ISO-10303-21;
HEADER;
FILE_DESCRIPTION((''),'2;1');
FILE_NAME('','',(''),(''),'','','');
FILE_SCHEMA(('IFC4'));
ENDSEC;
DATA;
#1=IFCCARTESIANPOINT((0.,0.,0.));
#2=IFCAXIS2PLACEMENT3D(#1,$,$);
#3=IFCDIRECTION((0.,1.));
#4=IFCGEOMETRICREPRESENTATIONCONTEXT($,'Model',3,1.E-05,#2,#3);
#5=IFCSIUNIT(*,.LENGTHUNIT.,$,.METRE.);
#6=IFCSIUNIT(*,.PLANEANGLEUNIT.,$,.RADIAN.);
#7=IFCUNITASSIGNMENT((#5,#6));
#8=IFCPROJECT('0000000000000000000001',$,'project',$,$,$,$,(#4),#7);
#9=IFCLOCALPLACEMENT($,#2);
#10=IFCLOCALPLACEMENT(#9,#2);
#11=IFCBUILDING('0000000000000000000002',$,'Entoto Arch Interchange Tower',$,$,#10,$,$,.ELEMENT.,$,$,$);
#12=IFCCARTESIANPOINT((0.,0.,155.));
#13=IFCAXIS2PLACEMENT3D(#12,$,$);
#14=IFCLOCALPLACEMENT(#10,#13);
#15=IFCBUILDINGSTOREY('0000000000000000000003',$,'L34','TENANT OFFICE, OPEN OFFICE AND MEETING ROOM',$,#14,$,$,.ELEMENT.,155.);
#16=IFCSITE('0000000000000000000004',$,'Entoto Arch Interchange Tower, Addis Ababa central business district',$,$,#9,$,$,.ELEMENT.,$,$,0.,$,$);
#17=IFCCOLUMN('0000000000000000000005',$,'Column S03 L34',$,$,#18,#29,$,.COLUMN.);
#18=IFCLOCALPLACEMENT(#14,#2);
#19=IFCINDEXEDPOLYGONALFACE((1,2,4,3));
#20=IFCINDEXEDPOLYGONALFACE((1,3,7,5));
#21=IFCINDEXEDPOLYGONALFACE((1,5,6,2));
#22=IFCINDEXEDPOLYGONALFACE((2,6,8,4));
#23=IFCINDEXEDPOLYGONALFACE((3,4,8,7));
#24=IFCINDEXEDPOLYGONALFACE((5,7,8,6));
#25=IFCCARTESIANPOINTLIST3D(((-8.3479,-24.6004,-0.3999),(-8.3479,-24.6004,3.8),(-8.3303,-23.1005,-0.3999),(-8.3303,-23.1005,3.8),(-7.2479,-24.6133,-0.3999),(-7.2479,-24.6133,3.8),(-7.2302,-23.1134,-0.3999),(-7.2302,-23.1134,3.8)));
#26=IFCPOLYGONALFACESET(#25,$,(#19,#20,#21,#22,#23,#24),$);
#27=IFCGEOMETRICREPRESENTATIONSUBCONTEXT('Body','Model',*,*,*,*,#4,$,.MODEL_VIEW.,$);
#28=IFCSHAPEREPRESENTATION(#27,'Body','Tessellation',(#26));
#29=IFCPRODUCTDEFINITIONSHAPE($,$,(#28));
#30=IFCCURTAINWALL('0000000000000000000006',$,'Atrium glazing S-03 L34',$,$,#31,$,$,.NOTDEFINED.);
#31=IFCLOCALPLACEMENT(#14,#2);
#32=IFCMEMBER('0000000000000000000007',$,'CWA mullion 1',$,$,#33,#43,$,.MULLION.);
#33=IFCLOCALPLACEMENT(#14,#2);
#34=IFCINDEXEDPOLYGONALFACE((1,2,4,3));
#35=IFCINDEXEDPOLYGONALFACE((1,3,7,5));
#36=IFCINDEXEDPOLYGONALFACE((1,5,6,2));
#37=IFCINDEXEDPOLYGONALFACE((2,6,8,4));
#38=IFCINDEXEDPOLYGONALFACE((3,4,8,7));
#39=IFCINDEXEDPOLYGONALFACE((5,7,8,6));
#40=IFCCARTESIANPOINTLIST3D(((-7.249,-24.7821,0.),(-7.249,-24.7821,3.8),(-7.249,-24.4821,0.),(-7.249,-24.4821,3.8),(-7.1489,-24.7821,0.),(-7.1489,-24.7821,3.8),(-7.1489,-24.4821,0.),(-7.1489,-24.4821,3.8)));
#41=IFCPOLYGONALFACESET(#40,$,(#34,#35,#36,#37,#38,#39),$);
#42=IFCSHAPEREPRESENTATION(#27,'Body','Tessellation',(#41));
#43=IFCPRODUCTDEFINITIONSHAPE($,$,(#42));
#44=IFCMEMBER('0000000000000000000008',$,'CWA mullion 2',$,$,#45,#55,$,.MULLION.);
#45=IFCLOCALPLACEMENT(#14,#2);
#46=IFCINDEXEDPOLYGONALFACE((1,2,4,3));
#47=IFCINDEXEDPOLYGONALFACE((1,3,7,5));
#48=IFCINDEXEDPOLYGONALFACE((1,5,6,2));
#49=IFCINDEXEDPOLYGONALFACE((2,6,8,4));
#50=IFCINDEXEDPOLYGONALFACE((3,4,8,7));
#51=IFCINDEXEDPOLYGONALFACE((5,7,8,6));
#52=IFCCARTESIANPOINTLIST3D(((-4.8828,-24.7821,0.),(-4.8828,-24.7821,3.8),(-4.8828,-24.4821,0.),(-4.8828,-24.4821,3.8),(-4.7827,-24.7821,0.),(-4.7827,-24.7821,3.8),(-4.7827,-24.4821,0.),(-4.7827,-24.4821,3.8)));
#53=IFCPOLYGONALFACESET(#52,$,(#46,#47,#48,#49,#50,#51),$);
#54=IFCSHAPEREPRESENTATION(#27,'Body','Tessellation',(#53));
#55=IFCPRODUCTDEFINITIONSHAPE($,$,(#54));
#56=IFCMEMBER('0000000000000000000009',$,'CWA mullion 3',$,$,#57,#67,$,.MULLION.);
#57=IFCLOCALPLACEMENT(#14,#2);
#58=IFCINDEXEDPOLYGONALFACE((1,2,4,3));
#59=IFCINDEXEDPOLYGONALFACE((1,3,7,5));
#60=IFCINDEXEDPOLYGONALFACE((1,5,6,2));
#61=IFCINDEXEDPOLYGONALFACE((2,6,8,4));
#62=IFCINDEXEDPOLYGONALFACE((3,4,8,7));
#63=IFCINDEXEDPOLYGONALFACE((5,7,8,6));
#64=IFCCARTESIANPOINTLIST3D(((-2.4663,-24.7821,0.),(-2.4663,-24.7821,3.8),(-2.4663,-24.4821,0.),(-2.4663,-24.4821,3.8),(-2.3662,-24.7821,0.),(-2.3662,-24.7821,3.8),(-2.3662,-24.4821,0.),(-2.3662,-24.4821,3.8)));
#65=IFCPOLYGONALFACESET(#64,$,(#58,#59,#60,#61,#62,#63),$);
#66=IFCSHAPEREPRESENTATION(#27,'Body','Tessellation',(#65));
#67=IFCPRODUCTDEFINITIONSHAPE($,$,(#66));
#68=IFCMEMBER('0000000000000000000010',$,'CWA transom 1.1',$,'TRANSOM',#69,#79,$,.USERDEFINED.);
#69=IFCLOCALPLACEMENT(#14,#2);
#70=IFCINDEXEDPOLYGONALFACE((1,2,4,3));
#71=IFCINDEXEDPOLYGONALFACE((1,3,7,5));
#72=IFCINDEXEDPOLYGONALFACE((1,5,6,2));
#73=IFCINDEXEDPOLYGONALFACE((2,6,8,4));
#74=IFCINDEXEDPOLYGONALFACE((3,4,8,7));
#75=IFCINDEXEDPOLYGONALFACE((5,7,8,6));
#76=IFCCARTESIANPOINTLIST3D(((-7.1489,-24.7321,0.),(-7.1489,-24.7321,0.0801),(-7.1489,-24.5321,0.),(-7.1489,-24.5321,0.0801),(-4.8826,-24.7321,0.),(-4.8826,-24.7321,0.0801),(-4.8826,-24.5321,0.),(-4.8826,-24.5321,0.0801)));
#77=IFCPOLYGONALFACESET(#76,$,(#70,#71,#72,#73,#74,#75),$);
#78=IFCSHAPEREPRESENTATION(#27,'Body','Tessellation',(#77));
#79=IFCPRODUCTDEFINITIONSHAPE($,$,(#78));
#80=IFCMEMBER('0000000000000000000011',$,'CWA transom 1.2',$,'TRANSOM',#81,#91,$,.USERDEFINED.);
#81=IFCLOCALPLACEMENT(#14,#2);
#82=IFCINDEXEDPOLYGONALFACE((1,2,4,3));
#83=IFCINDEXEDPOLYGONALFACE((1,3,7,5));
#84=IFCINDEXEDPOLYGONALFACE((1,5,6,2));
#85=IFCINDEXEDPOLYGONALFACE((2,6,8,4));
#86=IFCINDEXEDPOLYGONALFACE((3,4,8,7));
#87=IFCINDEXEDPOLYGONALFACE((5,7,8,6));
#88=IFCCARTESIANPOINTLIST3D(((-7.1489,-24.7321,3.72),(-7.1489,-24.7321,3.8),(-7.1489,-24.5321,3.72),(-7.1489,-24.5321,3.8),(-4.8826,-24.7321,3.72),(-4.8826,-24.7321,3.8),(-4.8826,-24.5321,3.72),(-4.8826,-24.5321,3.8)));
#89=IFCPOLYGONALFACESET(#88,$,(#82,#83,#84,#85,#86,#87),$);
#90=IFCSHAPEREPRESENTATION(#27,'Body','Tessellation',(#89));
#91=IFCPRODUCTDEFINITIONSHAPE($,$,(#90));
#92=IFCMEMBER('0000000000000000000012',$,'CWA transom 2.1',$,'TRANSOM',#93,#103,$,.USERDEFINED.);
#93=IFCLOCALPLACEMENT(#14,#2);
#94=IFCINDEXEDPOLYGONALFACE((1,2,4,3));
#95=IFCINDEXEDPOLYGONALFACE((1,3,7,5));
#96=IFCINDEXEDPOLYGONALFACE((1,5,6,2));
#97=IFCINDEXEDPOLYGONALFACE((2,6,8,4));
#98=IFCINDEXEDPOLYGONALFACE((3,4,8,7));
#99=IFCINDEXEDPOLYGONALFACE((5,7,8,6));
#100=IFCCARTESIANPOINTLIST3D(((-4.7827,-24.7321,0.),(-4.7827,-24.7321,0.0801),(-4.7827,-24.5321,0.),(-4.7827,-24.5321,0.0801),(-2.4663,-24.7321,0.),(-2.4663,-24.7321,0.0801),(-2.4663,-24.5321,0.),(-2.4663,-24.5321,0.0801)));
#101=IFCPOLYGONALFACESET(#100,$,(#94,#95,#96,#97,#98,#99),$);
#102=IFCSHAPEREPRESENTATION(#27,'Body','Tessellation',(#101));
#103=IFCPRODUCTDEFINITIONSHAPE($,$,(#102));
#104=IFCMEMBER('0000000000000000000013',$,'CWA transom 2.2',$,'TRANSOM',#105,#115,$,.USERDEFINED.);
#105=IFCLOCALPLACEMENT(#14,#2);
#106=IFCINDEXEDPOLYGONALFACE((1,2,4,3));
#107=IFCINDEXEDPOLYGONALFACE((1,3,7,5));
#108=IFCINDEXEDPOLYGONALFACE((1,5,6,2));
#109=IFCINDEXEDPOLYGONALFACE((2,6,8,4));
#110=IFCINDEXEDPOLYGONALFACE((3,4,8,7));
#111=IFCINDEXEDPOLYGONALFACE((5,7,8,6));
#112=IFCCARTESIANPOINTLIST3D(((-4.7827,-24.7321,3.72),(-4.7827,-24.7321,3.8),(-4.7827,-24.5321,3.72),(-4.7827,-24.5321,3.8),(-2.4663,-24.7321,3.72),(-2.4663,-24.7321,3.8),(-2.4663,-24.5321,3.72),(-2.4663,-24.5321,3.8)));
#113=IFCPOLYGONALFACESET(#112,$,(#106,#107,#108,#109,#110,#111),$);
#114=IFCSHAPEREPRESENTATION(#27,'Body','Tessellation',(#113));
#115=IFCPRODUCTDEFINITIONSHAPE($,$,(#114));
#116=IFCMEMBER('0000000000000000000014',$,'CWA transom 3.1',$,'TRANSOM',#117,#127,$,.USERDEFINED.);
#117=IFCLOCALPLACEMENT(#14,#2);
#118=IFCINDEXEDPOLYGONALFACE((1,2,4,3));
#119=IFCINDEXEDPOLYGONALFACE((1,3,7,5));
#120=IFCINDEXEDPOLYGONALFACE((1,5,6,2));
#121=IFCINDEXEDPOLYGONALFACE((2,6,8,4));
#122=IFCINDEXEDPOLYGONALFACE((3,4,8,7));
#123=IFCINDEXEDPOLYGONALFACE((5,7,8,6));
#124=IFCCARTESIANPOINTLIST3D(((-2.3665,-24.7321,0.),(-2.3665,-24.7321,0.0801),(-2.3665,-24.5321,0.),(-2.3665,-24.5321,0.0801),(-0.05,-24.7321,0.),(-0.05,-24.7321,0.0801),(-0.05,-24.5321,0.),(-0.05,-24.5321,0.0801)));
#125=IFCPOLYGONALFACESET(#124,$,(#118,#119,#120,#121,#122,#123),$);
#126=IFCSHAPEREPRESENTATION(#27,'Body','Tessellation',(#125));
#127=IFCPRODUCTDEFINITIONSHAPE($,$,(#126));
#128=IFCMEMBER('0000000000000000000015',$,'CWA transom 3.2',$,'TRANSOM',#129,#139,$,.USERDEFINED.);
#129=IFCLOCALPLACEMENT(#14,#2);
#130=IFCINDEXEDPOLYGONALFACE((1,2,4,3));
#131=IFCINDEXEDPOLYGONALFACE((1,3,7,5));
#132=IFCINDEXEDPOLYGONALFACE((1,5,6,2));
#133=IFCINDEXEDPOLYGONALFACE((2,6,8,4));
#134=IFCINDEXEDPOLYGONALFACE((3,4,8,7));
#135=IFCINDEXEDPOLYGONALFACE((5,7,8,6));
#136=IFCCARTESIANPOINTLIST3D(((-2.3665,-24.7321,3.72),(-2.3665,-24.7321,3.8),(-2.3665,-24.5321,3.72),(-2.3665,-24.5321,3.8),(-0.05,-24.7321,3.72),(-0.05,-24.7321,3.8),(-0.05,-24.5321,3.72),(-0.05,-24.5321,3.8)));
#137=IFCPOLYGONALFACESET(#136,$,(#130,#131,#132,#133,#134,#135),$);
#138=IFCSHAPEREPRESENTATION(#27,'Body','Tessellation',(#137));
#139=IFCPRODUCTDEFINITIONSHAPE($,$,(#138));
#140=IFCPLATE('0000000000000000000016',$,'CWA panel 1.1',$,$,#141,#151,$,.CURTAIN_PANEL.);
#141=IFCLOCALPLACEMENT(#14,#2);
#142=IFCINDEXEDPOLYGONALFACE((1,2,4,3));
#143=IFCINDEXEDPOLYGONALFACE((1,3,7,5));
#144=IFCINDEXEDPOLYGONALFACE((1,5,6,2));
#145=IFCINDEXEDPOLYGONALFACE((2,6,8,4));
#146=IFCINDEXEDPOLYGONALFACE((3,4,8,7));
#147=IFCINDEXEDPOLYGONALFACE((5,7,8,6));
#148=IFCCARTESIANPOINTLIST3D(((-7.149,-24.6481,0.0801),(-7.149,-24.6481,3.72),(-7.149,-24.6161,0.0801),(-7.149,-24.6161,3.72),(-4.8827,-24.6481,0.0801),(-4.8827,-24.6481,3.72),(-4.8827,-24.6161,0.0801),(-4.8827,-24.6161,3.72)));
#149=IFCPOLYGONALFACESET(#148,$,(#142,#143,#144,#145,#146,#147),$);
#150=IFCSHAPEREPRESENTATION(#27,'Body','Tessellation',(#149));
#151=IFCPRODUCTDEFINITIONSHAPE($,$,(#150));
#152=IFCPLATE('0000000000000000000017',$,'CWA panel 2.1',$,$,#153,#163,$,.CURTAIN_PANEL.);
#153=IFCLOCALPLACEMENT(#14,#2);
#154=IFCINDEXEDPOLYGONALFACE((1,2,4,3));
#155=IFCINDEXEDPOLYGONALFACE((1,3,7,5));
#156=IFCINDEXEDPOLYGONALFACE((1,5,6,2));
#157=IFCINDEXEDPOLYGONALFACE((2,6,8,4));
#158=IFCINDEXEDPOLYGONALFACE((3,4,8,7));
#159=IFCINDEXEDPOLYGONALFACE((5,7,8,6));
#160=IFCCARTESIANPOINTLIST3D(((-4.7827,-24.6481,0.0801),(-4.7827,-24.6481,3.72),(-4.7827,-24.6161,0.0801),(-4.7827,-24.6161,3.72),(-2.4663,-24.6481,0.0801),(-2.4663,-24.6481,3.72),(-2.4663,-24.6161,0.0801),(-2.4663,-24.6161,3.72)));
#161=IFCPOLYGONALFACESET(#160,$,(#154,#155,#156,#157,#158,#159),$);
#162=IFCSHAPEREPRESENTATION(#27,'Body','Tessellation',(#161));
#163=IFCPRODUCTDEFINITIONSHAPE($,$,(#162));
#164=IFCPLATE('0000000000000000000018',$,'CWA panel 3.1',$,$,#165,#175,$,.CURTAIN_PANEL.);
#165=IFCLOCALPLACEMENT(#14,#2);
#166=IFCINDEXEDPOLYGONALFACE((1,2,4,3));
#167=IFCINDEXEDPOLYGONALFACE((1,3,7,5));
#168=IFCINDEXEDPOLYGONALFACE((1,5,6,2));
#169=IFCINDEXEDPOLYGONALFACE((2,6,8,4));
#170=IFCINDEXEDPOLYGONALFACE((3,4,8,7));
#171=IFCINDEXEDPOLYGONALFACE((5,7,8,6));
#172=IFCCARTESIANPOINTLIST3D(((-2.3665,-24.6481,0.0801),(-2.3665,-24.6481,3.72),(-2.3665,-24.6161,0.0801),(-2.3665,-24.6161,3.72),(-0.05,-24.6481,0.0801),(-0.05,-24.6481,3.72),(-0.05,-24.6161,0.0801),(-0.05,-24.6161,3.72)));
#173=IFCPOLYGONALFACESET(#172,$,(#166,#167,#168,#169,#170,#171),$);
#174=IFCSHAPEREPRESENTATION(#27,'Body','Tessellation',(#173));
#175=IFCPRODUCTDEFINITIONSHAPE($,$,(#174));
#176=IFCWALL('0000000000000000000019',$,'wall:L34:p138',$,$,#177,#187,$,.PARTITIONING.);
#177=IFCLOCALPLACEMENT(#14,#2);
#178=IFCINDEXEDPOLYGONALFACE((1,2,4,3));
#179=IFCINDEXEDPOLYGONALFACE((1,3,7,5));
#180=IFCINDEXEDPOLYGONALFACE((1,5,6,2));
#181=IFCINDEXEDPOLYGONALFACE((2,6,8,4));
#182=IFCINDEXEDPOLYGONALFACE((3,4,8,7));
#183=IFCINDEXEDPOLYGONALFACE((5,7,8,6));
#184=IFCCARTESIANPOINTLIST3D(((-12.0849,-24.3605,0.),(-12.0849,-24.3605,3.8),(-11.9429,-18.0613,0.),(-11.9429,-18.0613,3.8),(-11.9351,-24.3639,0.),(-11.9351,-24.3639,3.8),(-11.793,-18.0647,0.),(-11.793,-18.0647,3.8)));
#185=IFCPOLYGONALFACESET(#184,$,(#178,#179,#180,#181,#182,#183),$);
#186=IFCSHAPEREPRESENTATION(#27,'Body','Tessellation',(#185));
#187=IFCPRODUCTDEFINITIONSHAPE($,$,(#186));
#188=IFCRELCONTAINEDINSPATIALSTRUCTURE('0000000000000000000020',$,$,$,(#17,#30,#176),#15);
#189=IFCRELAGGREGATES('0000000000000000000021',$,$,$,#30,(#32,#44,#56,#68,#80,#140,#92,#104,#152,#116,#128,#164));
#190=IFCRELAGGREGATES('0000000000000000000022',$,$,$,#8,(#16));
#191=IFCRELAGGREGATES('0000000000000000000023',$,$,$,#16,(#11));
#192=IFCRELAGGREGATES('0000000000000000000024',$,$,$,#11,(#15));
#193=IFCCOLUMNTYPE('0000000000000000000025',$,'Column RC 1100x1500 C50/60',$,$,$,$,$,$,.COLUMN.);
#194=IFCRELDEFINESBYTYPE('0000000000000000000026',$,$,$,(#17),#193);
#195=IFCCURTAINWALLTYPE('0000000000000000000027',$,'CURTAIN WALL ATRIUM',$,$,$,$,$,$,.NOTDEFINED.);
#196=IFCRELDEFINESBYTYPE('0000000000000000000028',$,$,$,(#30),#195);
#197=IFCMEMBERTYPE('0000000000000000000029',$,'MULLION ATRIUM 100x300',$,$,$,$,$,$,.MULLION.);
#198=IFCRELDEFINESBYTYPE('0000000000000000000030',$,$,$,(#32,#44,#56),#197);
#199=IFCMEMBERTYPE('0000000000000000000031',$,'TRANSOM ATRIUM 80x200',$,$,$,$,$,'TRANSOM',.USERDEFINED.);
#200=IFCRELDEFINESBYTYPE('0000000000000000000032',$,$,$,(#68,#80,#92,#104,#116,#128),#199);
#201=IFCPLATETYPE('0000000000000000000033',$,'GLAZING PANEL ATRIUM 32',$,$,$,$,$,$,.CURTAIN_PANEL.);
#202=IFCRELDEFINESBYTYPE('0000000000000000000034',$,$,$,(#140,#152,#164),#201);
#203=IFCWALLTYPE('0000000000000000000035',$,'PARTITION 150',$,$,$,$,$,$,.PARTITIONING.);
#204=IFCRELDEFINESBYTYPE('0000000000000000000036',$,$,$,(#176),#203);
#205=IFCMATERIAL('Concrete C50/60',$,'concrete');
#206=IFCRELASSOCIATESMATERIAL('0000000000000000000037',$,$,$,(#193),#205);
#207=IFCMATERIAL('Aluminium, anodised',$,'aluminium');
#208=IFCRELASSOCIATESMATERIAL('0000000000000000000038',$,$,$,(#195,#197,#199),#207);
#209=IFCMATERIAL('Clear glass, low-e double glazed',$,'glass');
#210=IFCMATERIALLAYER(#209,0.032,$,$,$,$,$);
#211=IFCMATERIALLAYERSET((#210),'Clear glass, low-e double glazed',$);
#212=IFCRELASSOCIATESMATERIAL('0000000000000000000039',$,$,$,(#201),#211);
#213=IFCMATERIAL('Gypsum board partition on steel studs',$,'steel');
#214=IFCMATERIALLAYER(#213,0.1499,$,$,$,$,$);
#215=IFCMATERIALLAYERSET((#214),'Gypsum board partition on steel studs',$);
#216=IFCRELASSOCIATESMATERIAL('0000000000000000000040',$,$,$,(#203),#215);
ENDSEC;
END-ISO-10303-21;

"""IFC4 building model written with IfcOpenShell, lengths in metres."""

from ifc_helpers import new_model, si_unit, direction, frame, frame_2d, origin, origin_2d, place, context, subcontext, project, spatial, rectangle, extrude, material, layer, layer_set, material_profile, profile_set, type_object, element, aggregate, save


model = new_model("IFC4")

# Units and contexts
model_context = context("Model", 3, precision=1e-05, world=origin(), true_north=direction((0.0, 1.0)))
body_context = subcontext(model_context, "Body", "Model", "MODEL_VIEW")
ifc_project = project(units=[si_unit("LENGTHUNIT", "METRE"), si_unit("PLANEANGLEUNIT", "RADIAN")], contexts=[model_context])

# Site, building, storey
site_placement = place(None, origin())
site = spatial("IfcSite", under=ifc_project, at=site_placement, Name="Entoto Arch Interchange Tower, Addis Ababa central business district", CompositionType="ELEMENT", RefElevation=0.0)
building_placement = place(site_placement, origin())
building = spatial("IfcBuilding", under=site, at=building_placement, Name="Entoto Arch Interchange Tower", CompositionType="ELEMENT")
storey_placement = place(building_placement, frame((0.0, 0.0, 155.0)))
storey = spatial("IfcBuildingStorey", under=building, at=storey_placement, Name="L34", Description="TENANT OFFICE, OPEN OFFICE AND MEETING ROOM", CompositionType="ELEMENT", Elevation=155.0)

# Column
ifc_material_1 = material(Name="Concrete C50/60", Category="concrete")
ifc_material_profile_1 = material_profile(ifc_material_1, rectangle(XDim=1.1001, YDim=1.5, at=origin_2d()))
ifc_profile_set_1 = profile_set([ifc_material_profile_1], Name="Concrete C50/60")
column_type = type_object("IfcColumnType", Name="Column RC 1100x1500 C50/60", PredefinedType="COLUMN", material=ifc_profile_set_1)
column_placement = place(storey_placement, frame((-7.7891, -23.8569, -0.3999), z_axis=(0.0, 0.0, 1.0), x_axis=(-0.999931, 0.011746, 0.0)))
element("IfcColumn", 1, at=column_placement, inside=storey, type_object=column_type, Name="Column S03 L34", PredefinedType="COLUMN", context=body_context, shape_type="SweptSolid", body=[
    extrude(rectangle(XDim=1.1001, YDim=1.5, at=origin_2d()), origin(), (0.0, 0.0, 1.0), 4.2),
])

# Curtain wall, members, plates
ifc_material_2 = material(Name="Aluminium, anodised", Category="aluminium")
curtain_wall_type = type_object("IfcCurtainWallType", Name="CURTAIN WALL ATRIUM", PredefinedType="NOTDEFINED", material=ifc_material_2)
curtain_wall_placement = place(storey_placement, origin())
curtain_wall = element("IfcCurtainWall", 2, at=curtain_wall_placement, inside=storey, type_object=curtain_wall_type, Name="Atrium glazing S-03 L34", PredefinedType="NOTDEFINED")
ifc_material_profile_2 = material_profile(ifc_material_2, rectangle(XDim=0.3, YDim=0.1001, at=origin_2d()))
ifc_profile_set_2 = profile_set([ifc_material_profile_2], Name="Aluminium, anodised")
member_type_1 = type_object("IfcMemberType", Name="MULLION ATRIUM 100x300", PredefinedType="MULLION", material=ifc_profile_set_2)
member_1_placement = place(storey_placement, frame((-7.199, -24.6321, 0.0), z_axis=(0.0, 0.0, 1.0), x_axis=(0.0, 1.0, 0.0)))
member_1 = element("IfcMember", 3, at=member_1_placement, type_object=member_type_1, Name="CWA mullion 1", PredefinedType="MULLION", context=body_context, shape_type="SweptSolid", body=[
    extrude(rectangle(XDim=0.3, YDim=0.1001, at=origin_2d()), origin(), (0.0, 0.0, 1.0), 3.8),
])
member_2_placement = place(storey_placement, frame((-4.8328, -24.6321, 0.0), z_axis=(0.0, 0.0, 1.0), x_axis=(0.0, 1.0, 0.0)))
member_2 = element("IfcMember", 4, at=member_2_placement, type_object=member_type_1, Name="CWA mullion 2", PredefinedType="MULLION", context=body_context, shape_type="SweptSolid", body=[
    extrude(rectangle(XDim=0.3, YDim=0.1001, at=origin_2d()), origin(), (0.0, 0.0, 1.0), 3.8),
])
member_3_placement = place(storey_placement, frame((-2.4163, -24.6321, 0.0), z_axis=(0.0, 0.0, 1.0), x_axis=(0.0, 1.0, 0.0)))
member_3 = element("IfcMember", 5, at=member_3_placement, type_object=member_type_1, Name="CWA mullion 3", PredefinedType="MULLION", context=body_context, shape_type="SweptSolid", body=[
    extrude(rectangle(XDim=0.3, YDim=0.1001, at=origin_2d()), origin(), (0.0, 0.0, 1.0), 3.8),
])
ifc_material_profile_3 = material_profile(ifc_material_2, rectangle(XDim=0.2, YDim=0.0801, at=origin_2d()))
ifc_profile_set_3 = profile_set([ifc_material_profile_3], Name="Aluminium, anodised")
member_type_2 = type_object("IfcMemberType", Name="TRANSOM ATRIUM 80x200", ElementType="TRANSOM", PredefinedType="USERDEFINED", material=ifc_profile_set_3)
member_4_placement = place(storey_placement, frame((-7.1489, -24.6321, 0.04), z_axis=(1.0, 0.0, 0.0), x_axis=(0.0, 1.0, 0.0)))
member_4 = element("IfcMember", 6, at=member_4_placement, type_object=member_type_2, Name="CWA transom 1.1", ObjectType="TRANSOM", PredefinedType="USERDEFINED", context=body_context, shape_type="SweptSolid", body=[
    extrude(rectangle(XDim=0.2, YDim=0.0801, at=origin_2d()), origin(), (0.0, 0.0, 1.0), 2.2664),
])
member_5_placement = place(storey_placement, frame((-7.1489, -24.6321, 3.76), z_axis=(1.0, 0.0, 0.0), x_axis=(0.0, 1.0, 0.0)))
member_5 = element("IfcMember", 7, at=member_5_placement, type_object=member_type_2, Name="CWA transom 1.2", ObjectType="TRANSOM", PredefinedType="USERDEFINED", context=body_context, shape_type="SweptSolid", body=[
    extrude(rectangle(XDim=0.2, YDim=0.0801, at=origin_2d()), origin(), (0.0, 0.0, 1.0), 2.2664),
])
member_6_placement = place(storey_placement, frame((-4.7827, -24.6321, 0.04), z_axis=(1.0, 0.0, 0.0), x_axis=(0.0, 1.0, 0.0)))
member_6 = element("IfcMember", 8, at=member_6_placement, type_object=member_type_2, Name="CWA transom 2.1", ObjectType="TRANSOM", PredefinedType="USERDEFINED", context=body_context, shape_type="SweptSolid", body=[
    extrude(rectangle(XDim=0.2, YDim=0.0801, at=origin_2d()), origin(), (0.0, 0.0, 1.0), 2.3164),
])
member_7_placement = place(storey_placement, frame((-4.7827, -24.6321, 3.76), z_axis=(1.0, 0.0, 0.0), x_axis=(0.0, 1.0, 0.0)))
member_7 = element("IfcMember", 9, at=member_7_placement, type_object=member_type_2, Name="CWA transom 2.2", ObjectType="TRANSOM", PredefinedType="USERDEFINED", context=body_context, shape_type="SweptSolid", body=[
    extrude(rectangle(XDim=0.2, YDim=0.0801, at=origin_2d()), origin(), (0.0, 0.0, 1.0), 2.3164),
])
member_8_placement = place(storey_placement, frame((-2.3665, -24.6321, 0.04), z_axis=(1.0, 0.0, 0.0), x_axis=(0.0, 1.0, 0.0)))
member_8 = element("IfcMember", 10, at=member_8_placement, type_object=member_type_2, Name="CWA transom 3.1", ObjectType="TRANSOM", PredefinedType="USERDEFINED", context=body_context, shape_type="SweptSolid", body=[
    extrude(rectangle(XDim=0.2, YDim=0.0801, at=origin_2d()), origin(), (0.0, 0.0, 1.0), 2.3164),
])
member_9_placement = place(storey_placement, frame((-2.3665, -24.6321, 3.76), z_axis=(1.0, 0.0, 0.0), x_axis=(0.0, 1.0, 0.0)))
member_9 = element("IfcMember", 11, at=member_9_placement, type_object=member_type_2, Name="CWA transom 3.2", ObjectType="TRANSOM", PredefinedType="USERDEFINED", context=body_context, shape_type="SweptSolid", body=[
    extrude(rectangle(XDim=0.2, YDim=0.0801, at=origin_2d()), origin(), (0.0, 0.0, 1.0), 2.3164),
])
ifc_material_3 = material(Name="Clear glass, low-e double glazed", Category="glass")
ifc_layer_1 = layer(ifc_material_3, 0.032)
ifc_layer_set_1 = layer_set([ifc_layer_1], Name="Clear glass, low-e double glazed")
plate_type = type_object("IfcPlateType", Name="GLAZING PANEL ATRIUM 32", PredefinedType="CURTAIN_PANEL", material=ifc_layer_set_1)
plate_1_placement = place(storey_placement, frame((-6.0159, -24.6321, 0.0801), z_axis=(0.0, 0.0, 1.0), x_axis=(1.0, 0.0, 0.0)))
plate_1 = element("IfcPlate", 12, at=plate_1_placement, type_object=plate_type, Name="CWA panel 1.1", PredefinedType="CURTAIN_PANEL", context=body_context, shape_type="SweptSolid", body=[
    extrude(rectangle(XDim=2.2664, YDim=0.032, at=origin_2d()), origin(), (0.0, 0.0, 1.0), 3.6399),
])
plate_2_placement = place(storey_placement, frame((-3.6245, -24.6321, 0.0801), z_axis=(0.0, 0.0, 1.0), x_axis=(1.0, 0.0, 0.0)))
plate_2 = element("IfcPlate", 13, at=plate_2_placement, type_object=plate_type, Name="CWA panel 2.1", PredefinedType="CURTAIN_PANEL", context=body_context, shape_type="SweptSolid", body=[
    extrude(rectangle(XDim=2.3164, YDim=0.032, at=origin_2d()), origin(), (0.0, 0.0, 1.0), 3.6399),
])
plate_3_placement = place(storey_placement, frame((-1.2083, -24.6321, 0.0801), z_axis=(0.0, 0.0, 1.0), x_axis=(1.0, 0.0, 0.0)))
plate_3 = element("IfcPlate", 14, at=plate_3_placement, type_object=plate_type, Name="CWA panel 3.1", PredefinedType="CURTAIN_PANEL", context=body_context, shape_type="SweptSolid", body=[
    extrude(rectangle(XDim=2.3164, YDim=0.032, at=origin_2d()), origin(), (0.0, 0.0, 1.0), 3.6399),
])
aggregate(curtain_wall, [member_1, member_2, member_3, member_4, member_5, plate_1, member_6, member_7, plate_2, member_8, member_9, plate_3])

# Wall
ifc_material_4 = material(Name="Gypsum board partition on steel studs", Category="steel")
ifc_layer_2 = layer(ifc_material_4, 0.1499)
ifc_layer_set_2 = layer_set([ifc_layer_2], Name="Gypsum board partition on steel studs")
wall_type_1 = type_object("IfcWallType", Name="PARTITION 150", PredefinedType="PARTITIONING", material=ifc_layer_set_2)
wall_1_placement = place(storey_placement, frame((-11.8679, -18.063, 0.0), z_axis=(0.0, 0.0, 1.0), x_axis=(-0.022552, -0.999746, 0.0)))
element("IfcWall", 15, at=wall_1_placement, inside=storey, type_object=wall_type_1, Name="wall:L34:p138", PredefinedType="PARTITIONING", context=body_context, shape_type="SweptSolid", body=[
    extrude(rectangle(XDim=6.3008, YDim=0.1499, at=frame_2d((3.1504, 0.0))), origin(), (0.0, 0.0, 1.0), 3.8),
])

save(model, "model.ifc")
